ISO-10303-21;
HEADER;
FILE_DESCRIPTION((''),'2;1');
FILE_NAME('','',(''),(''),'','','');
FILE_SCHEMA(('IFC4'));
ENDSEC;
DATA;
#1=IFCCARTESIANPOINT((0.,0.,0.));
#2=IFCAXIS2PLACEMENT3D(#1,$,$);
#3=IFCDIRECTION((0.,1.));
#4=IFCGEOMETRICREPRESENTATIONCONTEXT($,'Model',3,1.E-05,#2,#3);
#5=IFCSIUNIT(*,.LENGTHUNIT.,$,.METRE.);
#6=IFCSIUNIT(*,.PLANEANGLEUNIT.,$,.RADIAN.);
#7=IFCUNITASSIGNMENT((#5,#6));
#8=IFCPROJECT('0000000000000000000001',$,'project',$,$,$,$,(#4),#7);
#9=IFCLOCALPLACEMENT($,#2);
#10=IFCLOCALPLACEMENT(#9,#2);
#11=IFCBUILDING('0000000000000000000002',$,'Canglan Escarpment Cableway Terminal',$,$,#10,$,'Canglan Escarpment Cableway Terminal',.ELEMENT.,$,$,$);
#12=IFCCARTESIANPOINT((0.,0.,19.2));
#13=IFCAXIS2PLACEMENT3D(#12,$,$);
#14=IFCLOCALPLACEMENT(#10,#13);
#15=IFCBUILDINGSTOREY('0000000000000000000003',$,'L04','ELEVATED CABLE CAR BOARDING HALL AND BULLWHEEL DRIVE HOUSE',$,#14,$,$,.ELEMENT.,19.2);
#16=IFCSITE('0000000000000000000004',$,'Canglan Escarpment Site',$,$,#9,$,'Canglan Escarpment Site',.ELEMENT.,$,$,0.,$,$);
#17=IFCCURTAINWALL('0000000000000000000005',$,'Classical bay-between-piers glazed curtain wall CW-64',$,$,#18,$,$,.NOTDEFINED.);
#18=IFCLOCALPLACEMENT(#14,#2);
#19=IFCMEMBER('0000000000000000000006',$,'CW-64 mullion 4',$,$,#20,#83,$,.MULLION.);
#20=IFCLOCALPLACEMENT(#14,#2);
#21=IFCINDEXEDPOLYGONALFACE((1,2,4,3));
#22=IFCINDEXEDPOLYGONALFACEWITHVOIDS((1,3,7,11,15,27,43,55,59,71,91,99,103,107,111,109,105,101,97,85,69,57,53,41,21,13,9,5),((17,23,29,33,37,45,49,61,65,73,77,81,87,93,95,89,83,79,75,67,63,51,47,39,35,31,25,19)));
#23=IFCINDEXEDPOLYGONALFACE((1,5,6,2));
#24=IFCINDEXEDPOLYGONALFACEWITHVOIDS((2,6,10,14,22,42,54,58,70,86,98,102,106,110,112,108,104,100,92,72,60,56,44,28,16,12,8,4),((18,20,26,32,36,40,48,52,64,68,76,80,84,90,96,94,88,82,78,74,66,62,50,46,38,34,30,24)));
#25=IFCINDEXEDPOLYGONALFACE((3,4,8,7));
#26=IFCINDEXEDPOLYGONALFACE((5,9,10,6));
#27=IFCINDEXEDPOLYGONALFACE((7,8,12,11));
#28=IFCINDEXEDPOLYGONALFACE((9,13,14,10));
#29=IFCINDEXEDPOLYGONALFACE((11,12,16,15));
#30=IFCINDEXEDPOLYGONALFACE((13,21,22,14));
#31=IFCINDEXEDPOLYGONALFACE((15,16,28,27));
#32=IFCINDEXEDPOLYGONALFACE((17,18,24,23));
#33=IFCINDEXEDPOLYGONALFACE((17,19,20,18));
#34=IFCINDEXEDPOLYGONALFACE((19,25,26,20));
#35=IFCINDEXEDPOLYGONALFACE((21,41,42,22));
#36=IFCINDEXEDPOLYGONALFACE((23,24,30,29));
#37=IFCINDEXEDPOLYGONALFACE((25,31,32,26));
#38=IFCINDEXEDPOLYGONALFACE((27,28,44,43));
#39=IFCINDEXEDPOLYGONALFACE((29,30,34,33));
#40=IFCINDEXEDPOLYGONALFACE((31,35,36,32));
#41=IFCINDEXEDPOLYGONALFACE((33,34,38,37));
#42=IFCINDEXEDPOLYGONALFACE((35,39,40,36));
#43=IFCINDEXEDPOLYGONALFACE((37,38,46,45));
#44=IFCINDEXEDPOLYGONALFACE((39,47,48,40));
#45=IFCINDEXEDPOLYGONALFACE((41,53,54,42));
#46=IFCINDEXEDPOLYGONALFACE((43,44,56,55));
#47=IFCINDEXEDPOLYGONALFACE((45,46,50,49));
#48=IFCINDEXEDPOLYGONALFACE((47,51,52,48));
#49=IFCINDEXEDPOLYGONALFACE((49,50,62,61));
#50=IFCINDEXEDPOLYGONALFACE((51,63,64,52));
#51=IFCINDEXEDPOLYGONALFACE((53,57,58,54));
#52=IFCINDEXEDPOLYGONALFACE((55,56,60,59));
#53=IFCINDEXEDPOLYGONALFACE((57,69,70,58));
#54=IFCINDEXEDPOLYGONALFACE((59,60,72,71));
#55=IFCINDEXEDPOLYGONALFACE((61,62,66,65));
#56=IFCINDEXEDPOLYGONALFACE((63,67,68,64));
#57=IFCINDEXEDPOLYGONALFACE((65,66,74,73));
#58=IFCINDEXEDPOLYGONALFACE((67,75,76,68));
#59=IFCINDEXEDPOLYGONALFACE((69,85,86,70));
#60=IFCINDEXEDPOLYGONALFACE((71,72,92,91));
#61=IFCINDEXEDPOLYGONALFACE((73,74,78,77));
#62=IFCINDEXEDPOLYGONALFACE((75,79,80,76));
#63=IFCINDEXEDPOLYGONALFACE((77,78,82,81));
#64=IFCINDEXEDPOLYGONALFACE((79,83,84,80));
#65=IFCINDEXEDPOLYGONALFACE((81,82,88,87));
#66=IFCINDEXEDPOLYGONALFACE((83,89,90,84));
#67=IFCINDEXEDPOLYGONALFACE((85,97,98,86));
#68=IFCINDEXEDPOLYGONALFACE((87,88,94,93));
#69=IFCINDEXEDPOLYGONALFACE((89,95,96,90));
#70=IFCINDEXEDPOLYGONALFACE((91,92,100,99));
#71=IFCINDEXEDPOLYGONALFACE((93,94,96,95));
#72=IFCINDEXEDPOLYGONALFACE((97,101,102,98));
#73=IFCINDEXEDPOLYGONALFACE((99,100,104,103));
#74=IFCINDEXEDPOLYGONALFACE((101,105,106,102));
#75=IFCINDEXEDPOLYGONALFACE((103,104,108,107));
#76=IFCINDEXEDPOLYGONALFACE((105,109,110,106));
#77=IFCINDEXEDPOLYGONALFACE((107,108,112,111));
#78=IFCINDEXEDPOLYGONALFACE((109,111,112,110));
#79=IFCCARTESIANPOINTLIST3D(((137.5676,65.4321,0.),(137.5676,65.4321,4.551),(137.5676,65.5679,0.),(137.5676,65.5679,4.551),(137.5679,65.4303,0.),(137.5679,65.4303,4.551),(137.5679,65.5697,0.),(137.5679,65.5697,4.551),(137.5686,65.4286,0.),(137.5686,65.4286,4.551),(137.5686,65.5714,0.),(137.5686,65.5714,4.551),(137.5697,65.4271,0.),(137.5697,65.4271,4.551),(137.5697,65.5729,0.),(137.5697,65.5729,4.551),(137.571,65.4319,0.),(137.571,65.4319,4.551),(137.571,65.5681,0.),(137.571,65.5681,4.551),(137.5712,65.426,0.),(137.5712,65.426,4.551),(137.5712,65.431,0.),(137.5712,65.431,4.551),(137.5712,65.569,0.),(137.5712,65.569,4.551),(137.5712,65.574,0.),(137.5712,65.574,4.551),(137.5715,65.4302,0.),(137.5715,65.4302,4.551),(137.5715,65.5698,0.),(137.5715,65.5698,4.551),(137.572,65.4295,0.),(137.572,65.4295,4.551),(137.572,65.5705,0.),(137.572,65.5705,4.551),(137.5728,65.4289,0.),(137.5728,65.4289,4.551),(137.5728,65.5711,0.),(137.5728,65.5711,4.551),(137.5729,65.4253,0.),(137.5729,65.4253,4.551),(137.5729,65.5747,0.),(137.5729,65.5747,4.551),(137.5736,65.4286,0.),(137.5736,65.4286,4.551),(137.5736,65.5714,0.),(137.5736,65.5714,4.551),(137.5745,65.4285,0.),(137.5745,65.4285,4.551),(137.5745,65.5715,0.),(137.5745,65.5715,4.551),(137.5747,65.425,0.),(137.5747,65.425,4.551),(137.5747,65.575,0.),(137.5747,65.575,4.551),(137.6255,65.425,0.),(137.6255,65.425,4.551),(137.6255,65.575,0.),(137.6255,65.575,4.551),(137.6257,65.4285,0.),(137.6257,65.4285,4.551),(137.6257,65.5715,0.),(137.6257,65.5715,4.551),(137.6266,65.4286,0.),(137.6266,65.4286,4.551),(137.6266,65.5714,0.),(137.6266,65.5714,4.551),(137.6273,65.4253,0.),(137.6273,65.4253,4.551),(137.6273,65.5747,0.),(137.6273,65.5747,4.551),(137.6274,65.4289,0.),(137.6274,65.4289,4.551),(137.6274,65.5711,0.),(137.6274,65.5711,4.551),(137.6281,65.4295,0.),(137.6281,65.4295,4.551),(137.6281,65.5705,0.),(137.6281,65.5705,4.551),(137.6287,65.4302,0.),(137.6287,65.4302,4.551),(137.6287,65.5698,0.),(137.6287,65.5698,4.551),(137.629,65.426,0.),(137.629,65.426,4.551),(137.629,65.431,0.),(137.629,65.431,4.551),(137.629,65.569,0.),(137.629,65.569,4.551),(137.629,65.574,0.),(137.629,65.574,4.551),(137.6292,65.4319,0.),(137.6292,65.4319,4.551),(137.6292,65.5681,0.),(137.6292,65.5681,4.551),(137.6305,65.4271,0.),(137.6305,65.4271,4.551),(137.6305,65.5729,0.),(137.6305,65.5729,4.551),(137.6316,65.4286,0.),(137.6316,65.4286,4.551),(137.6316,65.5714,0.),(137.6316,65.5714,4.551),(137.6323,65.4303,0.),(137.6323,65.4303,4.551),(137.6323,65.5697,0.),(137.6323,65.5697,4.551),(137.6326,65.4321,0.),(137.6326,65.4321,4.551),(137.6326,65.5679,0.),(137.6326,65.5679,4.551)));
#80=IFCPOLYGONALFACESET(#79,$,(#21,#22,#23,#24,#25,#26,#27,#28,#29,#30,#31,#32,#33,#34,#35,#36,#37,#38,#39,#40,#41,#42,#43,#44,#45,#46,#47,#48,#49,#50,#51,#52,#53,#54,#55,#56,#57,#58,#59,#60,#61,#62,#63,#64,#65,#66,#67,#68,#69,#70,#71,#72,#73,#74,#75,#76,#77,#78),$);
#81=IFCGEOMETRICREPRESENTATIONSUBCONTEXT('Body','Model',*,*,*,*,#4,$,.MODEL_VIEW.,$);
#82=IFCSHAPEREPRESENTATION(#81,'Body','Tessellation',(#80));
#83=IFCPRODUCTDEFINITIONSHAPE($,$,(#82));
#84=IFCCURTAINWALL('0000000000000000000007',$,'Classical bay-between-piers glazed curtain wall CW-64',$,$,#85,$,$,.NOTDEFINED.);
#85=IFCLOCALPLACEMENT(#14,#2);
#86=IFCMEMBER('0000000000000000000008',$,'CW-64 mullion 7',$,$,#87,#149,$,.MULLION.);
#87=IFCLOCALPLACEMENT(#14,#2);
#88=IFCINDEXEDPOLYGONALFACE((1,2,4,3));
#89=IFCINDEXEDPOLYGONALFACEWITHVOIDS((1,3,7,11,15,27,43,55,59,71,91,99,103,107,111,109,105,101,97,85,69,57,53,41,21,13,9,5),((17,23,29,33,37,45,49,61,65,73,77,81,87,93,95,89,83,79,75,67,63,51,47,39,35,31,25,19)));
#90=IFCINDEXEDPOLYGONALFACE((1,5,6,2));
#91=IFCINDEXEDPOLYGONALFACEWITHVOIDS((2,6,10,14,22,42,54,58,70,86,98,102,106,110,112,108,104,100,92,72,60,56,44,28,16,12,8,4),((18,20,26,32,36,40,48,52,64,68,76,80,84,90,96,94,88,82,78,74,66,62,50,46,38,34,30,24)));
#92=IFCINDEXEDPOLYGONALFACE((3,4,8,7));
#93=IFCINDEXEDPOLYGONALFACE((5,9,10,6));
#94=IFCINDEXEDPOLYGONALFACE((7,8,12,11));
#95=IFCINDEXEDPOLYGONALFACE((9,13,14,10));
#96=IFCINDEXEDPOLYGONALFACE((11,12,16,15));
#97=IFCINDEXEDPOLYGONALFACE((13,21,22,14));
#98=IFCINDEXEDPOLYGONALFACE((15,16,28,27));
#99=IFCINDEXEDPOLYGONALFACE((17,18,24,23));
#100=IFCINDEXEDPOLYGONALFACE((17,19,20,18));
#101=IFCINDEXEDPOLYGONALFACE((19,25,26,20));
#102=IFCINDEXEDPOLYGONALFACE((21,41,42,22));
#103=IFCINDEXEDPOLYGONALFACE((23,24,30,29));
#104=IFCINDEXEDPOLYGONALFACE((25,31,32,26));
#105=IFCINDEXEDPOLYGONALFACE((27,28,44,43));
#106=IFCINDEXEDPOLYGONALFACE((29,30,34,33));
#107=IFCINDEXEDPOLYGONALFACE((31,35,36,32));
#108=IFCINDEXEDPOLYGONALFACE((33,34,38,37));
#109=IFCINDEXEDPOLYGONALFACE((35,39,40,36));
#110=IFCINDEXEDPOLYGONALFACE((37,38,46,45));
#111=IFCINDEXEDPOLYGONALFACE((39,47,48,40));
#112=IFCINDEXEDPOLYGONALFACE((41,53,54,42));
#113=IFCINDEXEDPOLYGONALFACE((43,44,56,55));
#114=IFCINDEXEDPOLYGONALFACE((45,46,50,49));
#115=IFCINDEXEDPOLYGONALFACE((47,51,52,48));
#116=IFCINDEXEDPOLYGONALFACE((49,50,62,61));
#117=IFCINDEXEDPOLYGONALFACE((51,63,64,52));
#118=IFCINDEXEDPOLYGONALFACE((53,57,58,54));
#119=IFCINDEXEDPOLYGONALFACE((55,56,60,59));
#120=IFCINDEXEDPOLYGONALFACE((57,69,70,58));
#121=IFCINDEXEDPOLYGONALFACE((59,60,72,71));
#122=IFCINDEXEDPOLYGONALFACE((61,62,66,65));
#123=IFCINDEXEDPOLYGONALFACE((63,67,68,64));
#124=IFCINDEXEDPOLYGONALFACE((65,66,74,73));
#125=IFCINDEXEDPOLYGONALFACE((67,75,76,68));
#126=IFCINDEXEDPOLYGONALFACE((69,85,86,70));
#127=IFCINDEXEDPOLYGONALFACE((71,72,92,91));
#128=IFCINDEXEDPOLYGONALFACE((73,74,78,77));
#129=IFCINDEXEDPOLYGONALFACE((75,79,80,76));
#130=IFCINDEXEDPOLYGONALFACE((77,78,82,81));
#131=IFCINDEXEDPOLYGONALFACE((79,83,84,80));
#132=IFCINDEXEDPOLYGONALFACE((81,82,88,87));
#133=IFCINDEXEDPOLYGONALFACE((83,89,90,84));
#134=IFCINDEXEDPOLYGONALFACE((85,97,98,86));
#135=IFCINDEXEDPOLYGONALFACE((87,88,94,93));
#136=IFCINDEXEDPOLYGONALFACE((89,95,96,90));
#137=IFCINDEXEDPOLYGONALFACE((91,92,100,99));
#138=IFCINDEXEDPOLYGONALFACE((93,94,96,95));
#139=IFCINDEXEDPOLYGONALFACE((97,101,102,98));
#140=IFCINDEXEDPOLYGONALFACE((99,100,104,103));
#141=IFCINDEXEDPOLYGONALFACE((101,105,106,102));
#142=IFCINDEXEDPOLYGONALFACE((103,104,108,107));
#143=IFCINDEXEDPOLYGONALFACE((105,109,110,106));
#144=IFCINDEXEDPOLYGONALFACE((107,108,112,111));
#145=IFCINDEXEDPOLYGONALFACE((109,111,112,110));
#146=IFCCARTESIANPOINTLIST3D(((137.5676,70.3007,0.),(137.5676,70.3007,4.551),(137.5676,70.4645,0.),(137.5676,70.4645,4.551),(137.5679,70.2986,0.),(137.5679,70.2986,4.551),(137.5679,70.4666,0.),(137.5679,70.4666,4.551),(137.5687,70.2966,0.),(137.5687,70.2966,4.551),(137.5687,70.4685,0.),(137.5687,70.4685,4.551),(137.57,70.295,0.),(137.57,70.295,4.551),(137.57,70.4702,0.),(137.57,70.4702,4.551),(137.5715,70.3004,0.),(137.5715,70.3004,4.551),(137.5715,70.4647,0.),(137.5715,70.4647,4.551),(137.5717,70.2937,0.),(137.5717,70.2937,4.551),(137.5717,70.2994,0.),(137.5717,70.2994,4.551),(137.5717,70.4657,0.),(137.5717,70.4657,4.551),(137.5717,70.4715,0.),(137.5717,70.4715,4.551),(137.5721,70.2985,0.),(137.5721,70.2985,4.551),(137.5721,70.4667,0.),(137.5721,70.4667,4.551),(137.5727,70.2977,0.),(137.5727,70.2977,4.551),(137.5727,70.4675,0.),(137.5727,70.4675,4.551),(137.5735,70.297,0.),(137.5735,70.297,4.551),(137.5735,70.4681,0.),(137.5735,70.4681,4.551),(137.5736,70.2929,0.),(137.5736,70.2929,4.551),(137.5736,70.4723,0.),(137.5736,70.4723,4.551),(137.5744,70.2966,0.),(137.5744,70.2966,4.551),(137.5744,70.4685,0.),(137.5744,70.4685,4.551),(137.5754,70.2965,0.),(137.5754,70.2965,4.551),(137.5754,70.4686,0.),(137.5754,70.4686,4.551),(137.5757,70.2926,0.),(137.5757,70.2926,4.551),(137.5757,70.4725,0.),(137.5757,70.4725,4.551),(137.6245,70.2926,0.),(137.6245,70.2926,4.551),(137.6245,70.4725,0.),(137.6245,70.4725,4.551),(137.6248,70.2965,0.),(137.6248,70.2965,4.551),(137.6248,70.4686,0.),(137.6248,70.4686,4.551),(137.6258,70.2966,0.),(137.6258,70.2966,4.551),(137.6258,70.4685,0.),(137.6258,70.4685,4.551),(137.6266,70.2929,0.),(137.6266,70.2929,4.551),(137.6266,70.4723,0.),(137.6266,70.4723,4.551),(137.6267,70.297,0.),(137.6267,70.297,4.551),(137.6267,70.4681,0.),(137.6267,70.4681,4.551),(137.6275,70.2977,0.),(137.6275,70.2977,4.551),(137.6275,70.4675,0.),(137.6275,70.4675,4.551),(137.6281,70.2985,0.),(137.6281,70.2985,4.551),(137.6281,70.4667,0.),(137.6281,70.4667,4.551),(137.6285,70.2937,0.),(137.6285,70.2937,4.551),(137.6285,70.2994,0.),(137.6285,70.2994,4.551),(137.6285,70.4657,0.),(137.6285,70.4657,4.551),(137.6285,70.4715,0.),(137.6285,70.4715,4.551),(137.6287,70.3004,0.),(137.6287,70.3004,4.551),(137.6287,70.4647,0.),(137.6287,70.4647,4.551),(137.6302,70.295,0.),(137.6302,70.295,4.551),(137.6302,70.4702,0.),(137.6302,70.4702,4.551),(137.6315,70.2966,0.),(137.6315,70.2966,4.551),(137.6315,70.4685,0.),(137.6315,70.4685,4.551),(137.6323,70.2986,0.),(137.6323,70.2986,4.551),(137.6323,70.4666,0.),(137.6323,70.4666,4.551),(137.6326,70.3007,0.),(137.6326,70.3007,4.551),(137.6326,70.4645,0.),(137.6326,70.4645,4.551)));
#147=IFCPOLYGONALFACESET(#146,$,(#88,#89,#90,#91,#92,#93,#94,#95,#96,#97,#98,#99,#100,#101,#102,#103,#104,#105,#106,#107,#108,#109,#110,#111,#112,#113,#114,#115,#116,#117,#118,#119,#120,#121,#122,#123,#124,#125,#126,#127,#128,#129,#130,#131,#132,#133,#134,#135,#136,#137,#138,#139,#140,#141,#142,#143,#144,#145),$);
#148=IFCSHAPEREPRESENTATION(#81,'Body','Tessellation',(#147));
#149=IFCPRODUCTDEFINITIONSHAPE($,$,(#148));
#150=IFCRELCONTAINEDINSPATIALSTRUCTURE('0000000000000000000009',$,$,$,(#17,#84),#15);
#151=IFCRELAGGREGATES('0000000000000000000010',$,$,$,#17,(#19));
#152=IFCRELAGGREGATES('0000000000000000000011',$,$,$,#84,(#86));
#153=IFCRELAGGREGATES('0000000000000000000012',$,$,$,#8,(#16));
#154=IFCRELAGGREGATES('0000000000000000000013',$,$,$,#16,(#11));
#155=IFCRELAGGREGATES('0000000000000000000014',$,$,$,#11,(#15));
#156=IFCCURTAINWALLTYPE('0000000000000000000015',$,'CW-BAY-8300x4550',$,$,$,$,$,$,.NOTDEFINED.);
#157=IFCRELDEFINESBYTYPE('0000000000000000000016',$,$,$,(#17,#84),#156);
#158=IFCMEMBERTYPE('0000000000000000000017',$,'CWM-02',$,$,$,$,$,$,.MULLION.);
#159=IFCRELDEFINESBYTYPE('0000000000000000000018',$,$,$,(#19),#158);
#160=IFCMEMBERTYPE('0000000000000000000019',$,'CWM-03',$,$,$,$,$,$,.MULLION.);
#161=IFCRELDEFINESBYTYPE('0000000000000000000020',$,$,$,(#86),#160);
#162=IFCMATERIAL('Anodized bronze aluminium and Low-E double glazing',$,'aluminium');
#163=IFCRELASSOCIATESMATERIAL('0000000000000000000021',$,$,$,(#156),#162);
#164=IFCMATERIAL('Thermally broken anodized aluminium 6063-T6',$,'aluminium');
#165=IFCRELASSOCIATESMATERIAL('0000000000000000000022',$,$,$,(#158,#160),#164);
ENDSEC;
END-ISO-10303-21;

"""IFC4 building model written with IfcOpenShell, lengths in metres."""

from ifc_helpers import new_model, si_unit, direction, frame, origin, origin_2d, place, context, subcontext, project, spatial, hollow_rectangle, extrude, material, material_profile, profile_set, type_object, element, aggregate, save


model = new_model("IFC4")

# Units and contexts
model_context = context("Model", 3, precision=1e-05, world=origin(), true_north=direction((0.0, 1.0)))
body_context = subcontext(model_context, "Body", "Model", "MODEL_VIEW")
ifc_project = project(units=[si_unit("LENGTHUNIT", "METRE"), si_unit("PLANEANGLEUNIT", "RADIAN")], contexts=[model_context])

# Site, building, storey
site_placement = place(None, origin())
site = spatial("IfcSite", under=ifc_project, at=site_placement, Name="Canglan Escarpment Site", LongName="Canglan Escarpment Site", CompositionType="ELEMENT", RefElevation=0.0)
building_placement = place(site_placement, origin())
building = spatial("IfcBuilding", under=site, at=building_placement, Name="Canglan Escarpment Cableway Terminal", LongName="Canglan Escarpment Cableway Terminal", CompositionType="ELEMENT")
storey_placement = place(building_placement, frame((0.0, 0.0, 19.2)))
storey = spatial("IfcBuildingStorey", under=building, at=storey_placement, Name="L04", Description="ELEVATED CABLE CAR BOARDING HALL AND BULLWHEEL DRIVE HOUSE", CompositionType="ELEMENT", Elevation=19.2)

# Curtain wall, member
ifc_material_1 = material(Name="Anodized bronze aluminium and Low-E double glazing", Category="aluminium")
curtain_wall_type = type_object("IfcCurtainWallType", Name="CW-BAY-8300x4550", PredefinedType="NOTDEFINED", material=ifc_material_1)
curtain_wall_1_placement = place(storey_placement, origin())
curtain_wall_1 = element("IfcCurtainWall", 1, at=curtain_wall_1_placement, inside=storey, type_object=curtain_wall_type, Name="Classical bay-between-piers glazed curtain wall CW-64", PredefinedType="NOTDEFINED")
ifc_material_2 = material(Name="Thermally broken anodized aluminium 6063-T6", Category="aluminium")
ifc_material_profile_1 = material_profile(ifc_material_2, hollow_rectangle(XDim=0.0649, YDim=0.1499, WallThickness=0.0034, InnerFilletRadius=0.0034, OuterFilletRadius=0.0071, at=origin_2d()), Name="ALU-MULL 65x150x3.5")
ifc_profile_set_1 = profile_set([ifc_material_profile_1], Name="Thermally broken anodized aluminium 6063-T6")
member_type_1 = type_object("IfcMemberType", Name="CWM-02", PredefinedType="MULLION", material=ifc_profile_set_1)
member_1_placement = place(storey_placement, frame((137.6001, 65.5, 0.0), z_axis=(0.0, 0.0, 1.0), x_axis=(1.0, 0.0, 0.0)))
member_1 = element("IfcMember", 2, at=member_1_placement, type_object=member_type_1, Name="CW-64 mullion 4", PredefinedType="MULLION", context=body_context, shape_type="SweptSolid", body=[
    extrude(hollow_rectangle(XDim=0.0649, YDim=0.1499, WallThickness=0.0034, InnerFilletRadius=0.0034, OuterFilletRadius=0.0071, at=origin_2d()), origin(), (0.0, 0.0, 1.0), 4.551),
])

# Curtain wall, member
curtain_wall_2_placement = place(storey_placement, origin())
curtain_wall_2 = element("IfcCurtainWall", 3, at=curtain_wall_2_placement, inside=storey, type_object=curtain_wall_type, Name="Classical bay-between-piers glazed curtain wall CW-64", PredefinedType="NOTDEFINED")
ifc_material_profile_2 = material_profile(ifc_material_2, hollow_rectangle(XDim=0.0649, YDim=0.1799, WallThickness=0.0039, InnerFilletRadius=0.0039, OuterFilletRadius=0.0081, at=origin_2d()), Name="ALU-MULL 65x180x4")
ifc_profile_set_2 = profile_set([ifc_material_profile_2], Name="Thermally broken anodized aluminium 6063-T6")
member_type_2 = type_object("IfcMemberType", Name="CWM-03", PredefinedType="MULLION", material=ifc_profile_set_2)
member_2_placement = place(storey_placement, frame((137.6001, 70.3826, 0.0), z_axis=(0.0, 0.0, 1.0), x_axis=(1.0, 0.0, 0.0)))
member_2 = element("IfcMember", 4, at=member_2_placement, type_object=member_type_2, Name="CW-64 mullion 7", PredefinedType="MULLION", context=body_context, shape_type="SweptSolid", body=[
    extrude(hollow_rectangle(XDim=0.0649, YDim=0.1799, WallThickness=0.0039, InnerFilletRadius=0.0039, OuterFilletRadius=0.0081, at=origin_2d()), origin(), (0.0, 0.0, 1.0), 4.551),
])

aggregate(curtain_wall_1, [member_1])
aggregate(curtain_wall_2, [member_2])

save(model, "model.ifc")
